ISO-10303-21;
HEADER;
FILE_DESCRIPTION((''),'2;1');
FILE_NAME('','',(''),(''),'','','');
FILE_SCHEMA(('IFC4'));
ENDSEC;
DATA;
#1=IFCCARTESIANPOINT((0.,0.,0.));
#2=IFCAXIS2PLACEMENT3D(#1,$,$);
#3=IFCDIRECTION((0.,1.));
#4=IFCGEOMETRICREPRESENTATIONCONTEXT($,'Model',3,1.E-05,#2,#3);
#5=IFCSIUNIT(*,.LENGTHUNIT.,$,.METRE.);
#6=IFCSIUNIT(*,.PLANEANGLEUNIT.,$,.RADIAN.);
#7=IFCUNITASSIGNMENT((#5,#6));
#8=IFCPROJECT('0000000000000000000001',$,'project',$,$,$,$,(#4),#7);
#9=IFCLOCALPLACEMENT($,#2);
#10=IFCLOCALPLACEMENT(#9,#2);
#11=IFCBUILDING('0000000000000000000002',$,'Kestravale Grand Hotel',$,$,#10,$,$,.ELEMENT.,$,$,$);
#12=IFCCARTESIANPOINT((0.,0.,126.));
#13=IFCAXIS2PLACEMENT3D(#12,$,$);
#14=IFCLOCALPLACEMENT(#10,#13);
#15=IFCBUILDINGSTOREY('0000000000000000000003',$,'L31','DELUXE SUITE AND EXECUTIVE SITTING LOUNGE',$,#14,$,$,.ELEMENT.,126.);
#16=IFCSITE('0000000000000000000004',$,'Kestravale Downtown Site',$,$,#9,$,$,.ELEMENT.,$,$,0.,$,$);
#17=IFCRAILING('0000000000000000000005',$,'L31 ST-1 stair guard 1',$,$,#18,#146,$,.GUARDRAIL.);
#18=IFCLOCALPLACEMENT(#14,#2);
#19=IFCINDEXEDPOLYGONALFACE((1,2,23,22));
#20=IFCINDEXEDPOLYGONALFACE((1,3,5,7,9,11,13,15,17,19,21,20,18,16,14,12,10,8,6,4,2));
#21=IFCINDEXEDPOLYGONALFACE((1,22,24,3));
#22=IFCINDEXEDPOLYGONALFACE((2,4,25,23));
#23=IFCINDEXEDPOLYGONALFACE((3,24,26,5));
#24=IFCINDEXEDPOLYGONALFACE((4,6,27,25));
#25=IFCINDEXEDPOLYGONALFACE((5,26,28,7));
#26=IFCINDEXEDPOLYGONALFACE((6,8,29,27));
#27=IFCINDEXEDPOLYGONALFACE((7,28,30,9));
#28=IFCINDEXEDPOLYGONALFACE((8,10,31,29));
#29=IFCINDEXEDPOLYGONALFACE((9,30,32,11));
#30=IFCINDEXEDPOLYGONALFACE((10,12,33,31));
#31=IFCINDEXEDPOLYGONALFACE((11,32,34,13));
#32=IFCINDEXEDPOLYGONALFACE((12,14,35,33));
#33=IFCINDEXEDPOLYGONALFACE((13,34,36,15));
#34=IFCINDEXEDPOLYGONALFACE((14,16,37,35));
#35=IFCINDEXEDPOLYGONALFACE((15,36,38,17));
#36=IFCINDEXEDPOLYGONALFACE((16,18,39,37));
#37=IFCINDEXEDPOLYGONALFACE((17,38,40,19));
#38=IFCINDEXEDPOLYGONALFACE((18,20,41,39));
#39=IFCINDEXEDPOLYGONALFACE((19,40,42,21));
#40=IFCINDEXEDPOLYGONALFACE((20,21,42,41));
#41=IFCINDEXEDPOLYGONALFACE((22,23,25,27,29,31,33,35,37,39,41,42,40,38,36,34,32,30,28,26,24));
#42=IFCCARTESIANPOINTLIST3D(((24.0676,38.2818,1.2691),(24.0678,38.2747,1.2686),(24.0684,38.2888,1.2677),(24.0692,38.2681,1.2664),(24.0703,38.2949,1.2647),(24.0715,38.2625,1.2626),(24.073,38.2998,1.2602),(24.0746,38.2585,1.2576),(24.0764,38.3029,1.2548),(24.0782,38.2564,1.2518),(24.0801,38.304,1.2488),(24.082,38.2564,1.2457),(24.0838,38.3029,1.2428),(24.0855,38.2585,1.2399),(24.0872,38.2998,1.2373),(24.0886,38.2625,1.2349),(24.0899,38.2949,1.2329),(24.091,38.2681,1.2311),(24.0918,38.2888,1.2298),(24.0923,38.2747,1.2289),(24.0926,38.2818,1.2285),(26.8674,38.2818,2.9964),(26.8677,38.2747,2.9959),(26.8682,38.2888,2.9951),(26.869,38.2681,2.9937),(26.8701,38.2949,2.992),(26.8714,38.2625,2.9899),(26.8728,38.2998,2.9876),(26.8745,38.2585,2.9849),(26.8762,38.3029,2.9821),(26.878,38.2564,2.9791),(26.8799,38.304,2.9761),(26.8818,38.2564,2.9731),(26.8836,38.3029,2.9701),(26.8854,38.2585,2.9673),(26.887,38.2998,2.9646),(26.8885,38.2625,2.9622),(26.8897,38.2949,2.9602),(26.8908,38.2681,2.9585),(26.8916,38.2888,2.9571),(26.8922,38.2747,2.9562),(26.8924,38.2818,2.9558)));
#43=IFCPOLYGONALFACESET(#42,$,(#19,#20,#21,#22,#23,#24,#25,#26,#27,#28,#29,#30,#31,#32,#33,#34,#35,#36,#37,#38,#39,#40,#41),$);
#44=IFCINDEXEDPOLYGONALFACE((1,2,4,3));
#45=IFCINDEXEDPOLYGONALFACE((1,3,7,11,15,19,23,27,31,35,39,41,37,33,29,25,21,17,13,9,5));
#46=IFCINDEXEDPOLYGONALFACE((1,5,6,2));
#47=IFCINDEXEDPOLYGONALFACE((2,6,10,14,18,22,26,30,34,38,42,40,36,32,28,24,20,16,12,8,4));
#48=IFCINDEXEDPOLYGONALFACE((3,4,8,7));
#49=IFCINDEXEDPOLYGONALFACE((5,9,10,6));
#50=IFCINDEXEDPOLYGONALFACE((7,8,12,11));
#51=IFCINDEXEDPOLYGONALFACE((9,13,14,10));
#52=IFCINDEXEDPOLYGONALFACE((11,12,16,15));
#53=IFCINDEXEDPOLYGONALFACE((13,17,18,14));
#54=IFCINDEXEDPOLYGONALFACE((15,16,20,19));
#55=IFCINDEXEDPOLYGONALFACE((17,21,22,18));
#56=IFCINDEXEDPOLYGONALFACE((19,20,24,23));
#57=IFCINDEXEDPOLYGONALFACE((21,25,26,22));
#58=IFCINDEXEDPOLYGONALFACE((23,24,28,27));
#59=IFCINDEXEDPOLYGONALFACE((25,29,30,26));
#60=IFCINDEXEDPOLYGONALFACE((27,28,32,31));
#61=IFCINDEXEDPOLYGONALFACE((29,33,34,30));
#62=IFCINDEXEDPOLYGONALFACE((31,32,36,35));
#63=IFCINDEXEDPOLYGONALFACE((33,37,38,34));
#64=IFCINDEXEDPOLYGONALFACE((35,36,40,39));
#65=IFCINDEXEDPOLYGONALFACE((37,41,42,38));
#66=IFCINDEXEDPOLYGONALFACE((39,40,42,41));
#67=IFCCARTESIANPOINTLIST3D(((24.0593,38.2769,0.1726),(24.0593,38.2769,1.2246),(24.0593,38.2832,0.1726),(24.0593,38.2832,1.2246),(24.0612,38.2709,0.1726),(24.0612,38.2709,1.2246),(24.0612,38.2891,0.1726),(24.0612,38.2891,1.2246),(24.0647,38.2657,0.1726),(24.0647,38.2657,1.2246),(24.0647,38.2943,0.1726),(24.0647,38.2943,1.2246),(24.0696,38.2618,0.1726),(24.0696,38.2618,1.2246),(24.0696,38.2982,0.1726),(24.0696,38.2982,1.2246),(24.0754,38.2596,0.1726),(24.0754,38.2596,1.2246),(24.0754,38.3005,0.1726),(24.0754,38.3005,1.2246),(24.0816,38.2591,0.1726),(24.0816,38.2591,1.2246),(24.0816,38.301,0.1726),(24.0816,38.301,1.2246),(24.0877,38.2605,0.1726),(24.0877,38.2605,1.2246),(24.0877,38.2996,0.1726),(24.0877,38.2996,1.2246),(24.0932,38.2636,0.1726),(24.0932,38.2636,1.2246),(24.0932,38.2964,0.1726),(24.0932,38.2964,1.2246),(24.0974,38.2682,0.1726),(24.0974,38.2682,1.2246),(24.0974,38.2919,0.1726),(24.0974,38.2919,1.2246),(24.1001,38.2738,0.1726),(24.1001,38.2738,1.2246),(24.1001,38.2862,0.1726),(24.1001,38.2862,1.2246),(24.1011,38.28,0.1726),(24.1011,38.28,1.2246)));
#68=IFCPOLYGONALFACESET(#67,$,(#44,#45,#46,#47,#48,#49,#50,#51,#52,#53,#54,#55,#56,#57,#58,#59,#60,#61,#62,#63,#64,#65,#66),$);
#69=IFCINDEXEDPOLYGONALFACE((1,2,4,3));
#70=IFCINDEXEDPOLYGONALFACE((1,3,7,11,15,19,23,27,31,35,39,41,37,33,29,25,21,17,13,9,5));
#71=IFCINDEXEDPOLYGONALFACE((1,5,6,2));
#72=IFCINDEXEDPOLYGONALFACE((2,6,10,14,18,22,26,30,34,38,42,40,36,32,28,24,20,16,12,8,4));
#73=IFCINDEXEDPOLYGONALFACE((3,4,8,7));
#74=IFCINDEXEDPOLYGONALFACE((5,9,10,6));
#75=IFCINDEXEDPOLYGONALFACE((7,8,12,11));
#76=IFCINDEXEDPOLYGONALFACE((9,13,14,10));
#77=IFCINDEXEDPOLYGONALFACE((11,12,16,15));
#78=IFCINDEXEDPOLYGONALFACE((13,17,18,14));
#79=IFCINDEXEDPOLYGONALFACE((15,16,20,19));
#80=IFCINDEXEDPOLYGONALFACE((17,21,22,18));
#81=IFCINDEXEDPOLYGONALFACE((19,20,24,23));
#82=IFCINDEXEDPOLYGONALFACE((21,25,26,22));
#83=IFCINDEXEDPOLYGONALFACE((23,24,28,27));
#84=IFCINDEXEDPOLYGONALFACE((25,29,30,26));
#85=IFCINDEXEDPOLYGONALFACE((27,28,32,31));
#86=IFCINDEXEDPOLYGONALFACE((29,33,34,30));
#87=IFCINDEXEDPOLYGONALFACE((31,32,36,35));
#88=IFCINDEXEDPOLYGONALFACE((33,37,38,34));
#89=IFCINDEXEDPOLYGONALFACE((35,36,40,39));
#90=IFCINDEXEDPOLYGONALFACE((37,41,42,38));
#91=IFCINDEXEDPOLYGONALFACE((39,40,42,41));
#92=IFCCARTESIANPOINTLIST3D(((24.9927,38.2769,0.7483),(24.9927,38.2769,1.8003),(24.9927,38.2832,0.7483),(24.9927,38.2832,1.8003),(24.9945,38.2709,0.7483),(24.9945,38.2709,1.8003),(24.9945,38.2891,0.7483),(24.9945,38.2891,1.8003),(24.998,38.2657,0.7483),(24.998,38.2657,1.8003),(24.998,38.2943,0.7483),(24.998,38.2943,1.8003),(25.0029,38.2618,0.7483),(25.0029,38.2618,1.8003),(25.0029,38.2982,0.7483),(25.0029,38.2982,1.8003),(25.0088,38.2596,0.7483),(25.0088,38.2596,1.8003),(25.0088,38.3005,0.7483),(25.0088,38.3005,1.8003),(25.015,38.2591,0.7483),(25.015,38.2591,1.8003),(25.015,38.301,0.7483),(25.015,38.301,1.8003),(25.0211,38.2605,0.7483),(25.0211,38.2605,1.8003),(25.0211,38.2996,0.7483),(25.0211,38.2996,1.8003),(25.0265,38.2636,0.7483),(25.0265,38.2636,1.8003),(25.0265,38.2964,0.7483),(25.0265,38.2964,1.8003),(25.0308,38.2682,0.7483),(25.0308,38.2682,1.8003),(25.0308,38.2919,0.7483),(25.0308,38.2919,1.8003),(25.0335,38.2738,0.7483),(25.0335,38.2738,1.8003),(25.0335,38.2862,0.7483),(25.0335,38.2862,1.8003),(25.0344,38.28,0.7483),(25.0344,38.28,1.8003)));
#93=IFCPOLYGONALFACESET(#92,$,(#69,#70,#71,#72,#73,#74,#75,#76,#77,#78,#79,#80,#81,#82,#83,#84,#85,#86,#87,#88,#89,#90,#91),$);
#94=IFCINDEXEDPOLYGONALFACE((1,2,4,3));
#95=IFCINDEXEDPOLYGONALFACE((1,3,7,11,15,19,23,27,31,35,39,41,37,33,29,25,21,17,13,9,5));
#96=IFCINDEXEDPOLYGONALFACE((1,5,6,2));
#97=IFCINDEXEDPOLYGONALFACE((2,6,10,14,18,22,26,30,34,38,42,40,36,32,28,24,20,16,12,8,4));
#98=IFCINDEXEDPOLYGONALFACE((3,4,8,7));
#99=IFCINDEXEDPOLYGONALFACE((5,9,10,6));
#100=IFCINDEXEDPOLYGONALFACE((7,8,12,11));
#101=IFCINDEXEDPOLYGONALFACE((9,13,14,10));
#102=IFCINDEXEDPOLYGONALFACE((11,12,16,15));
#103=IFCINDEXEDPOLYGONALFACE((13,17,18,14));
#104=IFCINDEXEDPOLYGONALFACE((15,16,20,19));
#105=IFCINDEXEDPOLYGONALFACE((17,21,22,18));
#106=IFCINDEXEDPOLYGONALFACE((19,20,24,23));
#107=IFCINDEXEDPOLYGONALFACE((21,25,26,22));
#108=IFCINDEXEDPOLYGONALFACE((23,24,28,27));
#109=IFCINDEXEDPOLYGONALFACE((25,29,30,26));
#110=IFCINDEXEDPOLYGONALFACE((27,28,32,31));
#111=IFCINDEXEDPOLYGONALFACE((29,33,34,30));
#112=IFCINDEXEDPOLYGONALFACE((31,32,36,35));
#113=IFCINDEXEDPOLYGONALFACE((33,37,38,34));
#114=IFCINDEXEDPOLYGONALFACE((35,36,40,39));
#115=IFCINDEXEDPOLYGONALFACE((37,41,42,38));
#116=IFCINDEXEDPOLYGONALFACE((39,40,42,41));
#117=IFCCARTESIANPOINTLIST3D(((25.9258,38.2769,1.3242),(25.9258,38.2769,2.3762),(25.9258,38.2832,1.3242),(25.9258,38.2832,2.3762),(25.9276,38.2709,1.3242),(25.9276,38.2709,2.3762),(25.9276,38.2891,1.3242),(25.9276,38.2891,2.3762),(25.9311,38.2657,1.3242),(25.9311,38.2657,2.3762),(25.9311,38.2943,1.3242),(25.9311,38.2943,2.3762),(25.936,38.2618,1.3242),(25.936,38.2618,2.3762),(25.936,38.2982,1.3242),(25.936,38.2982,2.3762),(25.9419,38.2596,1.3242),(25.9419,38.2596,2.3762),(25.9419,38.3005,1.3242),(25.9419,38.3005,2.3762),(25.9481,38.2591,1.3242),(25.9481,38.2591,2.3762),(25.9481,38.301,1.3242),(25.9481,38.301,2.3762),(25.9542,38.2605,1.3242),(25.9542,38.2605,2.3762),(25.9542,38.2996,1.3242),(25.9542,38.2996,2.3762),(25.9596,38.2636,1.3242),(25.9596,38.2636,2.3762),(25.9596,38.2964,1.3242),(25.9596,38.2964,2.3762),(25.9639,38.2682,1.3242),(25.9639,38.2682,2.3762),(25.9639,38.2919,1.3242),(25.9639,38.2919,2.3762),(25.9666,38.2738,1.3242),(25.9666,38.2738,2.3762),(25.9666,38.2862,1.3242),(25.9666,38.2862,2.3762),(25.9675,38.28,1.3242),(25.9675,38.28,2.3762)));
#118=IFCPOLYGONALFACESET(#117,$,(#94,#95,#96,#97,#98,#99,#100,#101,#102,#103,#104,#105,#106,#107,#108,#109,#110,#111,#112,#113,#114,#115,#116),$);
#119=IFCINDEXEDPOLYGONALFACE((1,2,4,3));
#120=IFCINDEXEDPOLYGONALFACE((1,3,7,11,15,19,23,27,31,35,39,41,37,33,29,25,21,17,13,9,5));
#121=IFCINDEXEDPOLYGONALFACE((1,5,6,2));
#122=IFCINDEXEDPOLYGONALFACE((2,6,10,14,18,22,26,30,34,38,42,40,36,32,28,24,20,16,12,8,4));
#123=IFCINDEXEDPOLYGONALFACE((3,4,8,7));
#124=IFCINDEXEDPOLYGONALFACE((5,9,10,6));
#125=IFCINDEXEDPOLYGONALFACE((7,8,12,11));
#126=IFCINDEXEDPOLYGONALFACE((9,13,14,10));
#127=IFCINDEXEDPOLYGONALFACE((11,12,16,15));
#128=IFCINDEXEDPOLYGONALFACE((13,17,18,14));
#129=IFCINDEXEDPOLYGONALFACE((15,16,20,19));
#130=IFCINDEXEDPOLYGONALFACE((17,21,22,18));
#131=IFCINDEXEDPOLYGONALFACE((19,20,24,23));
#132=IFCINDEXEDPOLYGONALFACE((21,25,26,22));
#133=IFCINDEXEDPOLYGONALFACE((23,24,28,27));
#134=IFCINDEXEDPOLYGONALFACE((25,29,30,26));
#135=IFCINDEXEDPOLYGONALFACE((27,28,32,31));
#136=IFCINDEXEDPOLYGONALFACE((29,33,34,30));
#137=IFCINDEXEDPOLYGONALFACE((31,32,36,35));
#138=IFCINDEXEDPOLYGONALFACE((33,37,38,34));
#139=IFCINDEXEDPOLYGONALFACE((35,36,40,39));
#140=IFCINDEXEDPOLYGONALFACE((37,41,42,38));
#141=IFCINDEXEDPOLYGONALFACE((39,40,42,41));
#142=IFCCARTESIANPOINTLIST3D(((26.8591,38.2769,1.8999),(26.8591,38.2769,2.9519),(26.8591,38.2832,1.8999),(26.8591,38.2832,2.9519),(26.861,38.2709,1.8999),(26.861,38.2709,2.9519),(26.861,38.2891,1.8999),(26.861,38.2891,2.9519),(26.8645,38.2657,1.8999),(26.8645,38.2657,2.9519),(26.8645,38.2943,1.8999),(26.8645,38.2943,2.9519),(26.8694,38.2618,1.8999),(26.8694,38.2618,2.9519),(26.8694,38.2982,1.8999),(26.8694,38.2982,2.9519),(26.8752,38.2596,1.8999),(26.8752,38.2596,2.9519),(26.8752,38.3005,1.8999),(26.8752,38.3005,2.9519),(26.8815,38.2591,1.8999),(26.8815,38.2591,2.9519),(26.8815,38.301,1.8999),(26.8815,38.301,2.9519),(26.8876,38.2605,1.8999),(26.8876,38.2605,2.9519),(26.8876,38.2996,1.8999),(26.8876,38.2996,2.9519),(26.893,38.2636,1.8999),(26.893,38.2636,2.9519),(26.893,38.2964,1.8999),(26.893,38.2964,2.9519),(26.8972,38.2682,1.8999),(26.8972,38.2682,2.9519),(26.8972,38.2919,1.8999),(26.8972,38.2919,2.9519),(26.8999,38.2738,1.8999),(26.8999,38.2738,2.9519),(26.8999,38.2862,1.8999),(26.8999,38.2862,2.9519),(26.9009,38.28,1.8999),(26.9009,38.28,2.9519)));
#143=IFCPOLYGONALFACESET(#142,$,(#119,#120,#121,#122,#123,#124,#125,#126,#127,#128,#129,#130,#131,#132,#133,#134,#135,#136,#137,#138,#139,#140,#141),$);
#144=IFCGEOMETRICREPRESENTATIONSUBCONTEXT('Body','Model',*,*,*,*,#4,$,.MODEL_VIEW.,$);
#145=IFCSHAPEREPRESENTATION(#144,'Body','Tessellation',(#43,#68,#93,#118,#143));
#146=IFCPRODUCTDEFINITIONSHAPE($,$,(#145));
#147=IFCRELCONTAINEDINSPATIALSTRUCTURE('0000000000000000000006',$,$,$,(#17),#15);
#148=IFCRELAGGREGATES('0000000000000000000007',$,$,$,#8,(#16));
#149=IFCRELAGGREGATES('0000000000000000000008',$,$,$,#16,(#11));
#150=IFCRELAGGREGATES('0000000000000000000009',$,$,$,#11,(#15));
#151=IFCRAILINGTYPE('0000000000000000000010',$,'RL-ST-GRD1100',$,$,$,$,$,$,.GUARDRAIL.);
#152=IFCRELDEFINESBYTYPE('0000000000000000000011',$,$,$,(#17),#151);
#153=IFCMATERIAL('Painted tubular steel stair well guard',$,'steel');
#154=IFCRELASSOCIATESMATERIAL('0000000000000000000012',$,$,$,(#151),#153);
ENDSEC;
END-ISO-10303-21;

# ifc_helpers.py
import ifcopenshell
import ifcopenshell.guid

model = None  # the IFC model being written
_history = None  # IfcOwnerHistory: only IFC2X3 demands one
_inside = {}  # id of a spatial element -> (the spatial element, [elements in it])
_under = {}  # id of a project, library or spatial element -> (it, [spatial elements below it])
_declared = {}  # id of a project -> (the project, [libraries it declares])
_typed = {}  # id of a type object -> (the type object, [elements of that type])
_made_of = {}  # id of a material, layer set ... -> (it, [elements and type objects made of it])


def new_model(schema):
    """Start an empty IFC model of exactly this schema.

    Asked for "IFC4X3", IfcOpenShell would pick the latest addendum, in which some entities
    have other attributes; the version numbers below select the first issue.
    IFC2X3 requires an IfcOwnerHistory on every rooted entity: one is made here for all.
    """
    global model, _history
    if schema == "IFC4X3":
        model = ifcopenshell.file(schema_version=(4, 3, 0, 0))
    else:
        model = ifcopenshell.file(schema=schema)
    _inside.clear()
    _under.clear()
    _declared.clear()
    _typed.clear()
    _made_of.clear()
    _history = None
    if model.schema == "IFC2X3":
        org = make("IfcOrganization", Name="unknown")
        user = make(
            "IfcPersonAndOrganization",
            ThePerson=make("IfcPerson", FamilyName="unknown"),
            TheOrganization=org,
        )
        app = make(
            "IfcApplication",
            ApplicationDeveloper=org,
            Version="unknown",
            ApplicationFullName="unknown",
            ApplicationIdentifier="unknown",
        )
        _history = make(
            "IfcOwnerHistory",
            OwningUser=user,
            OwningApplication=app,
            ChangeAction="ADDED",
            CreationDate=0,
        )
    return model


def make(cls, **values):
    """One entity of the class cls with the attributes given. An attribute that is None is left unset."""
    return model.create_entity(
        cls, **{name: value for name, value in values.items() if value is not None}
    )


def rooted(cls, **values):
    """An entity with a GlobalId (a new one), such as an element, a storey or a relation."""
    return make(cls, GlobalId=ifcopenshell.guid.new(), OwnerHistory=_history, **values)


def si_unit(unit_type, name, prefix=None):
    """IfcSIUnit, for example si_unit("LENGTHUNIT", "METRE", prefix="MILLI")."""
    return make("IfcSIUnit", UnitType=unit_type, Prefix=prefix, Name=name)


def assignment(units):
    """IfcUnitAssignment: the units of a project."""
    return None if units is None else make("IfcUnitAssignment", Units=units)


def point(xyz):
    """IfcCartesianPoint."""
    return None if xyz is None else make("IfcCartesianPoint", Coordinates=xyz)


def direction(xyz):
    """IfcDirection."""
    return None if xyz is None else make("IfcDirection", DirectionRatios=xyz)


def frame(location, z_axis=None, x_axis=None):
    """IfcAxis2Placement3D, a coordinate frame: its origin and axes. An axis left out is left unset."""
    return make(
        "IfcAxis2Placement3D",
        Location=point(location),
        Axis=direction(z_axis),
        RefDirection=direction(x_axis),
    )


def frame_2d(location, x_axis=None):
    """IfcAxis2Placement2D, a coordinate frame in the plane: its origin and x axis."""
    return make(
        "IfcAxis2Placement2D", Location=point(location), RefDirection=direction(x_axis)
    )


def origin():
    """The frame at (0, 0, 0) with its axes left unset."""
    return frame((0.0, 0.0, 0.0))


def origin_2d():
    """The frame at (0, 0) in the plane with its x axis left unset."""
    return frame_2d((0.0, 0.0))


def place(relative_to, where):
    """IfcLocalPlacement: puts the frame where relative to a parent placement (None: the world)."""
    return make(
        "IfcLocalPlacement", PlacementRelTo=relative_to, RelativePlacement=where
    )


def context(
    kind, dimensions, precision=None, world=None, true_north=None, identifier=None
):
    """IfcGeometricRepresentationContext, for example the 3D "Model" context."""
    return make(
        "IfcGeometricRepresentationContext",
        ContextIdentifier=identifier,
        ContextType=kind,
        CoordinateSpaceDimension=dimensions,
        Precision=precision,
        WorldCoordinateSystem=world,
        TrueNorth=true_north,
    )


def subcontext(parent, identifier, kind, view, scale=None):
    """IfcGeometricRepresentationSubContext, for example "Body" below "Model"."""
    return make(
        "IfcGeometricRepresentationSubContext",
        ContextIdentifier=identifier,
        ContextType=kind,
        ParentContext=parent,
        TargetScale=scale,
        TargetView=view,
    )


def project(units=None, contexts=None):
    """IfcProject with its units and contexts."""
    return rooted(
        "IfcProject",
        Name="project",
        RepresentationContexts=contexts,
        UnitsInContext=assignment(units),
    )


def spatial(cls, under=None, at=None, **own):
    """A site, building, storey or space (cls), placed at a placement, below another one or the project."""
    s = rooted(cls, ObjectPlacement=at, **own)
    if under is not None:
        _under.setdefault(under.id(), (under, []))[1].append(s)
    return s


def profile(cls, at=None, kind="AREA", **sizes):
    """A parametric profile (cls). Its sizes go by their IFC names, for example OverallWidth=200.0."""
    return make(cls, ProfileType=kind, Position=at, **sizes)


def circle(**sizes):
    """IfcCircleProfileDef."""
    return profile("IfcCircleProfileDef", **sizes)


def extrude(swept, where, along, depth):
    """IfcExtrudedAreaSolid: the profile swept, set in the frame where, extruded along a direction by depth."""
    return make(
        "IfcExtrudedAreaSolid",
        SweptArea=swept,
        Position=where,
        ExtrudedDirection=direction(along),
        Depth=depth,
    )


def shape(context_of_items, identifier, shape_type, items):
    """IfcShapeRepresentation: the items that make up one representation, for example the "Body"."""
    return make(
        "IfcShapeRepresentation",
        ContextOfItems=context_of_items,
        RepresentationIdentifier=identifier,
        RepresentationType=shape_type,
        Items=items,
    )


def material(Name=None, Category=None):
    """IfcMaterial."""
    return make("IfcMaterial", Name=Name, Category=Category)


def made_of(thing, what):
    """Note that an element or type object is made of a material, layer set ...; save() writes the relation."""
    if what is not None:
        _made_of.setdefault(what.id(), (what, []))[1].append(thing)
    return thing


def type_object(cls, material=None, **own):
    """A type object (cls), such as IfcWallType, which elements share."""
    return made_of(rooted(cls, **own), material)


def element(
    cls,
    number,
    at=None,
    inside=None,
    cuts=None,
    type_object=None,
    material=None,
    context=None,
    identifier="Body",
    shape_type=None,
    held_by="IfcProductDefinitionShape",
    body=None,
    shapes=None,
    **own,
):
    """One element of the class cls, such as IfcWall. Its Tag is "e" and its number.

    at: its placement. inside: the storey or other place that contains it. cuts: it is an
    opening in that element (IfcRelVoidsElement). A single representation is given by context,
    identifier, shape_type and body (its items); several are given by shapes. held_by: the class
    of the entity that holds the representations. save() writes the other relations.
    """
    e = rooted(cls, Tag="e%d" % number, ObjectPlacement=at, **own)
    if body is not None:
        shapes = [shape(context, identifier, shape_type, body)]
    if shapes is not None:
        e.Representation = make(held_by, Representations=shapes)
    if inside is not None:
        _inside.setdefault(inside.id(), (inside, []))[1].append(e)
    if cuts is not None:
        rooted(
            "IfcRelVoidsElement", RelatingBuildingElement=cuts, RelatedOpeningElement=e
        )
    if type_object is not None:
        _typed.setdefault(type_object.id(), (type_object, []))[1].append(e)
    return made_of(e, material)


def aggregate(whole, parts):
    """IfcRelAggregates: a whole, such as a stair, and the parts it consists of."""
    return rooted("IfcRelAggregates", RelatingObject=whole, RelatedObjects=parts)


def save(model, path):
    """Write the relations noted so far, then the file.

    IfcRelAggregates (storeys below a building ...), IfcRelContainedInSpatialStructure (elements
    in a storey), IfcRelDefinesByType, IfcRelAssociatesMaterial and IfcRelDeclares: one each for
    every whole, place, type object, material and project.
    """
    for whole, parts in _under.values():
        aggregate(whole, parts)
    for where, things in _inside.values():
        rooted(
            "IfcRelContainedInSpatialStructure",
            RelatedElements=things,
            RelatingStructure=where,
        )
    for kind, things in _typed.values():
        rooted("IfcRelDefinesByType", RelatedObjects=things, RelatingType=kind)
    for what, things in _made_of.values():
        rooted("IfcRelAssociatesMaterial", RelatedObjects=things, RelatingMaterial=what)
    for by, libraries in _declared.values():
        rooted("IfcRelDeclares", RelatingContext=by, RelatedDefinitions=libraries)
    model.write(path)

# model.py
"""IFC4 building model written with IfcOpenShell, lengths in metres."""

from ifc_helpers import new_model, si_unit, direction, frame, origin, origin_2d, place, context, subcontext, project, spatial, circle, extrude, material, type_object, element, save


model = new_model("IFC4")

# Units and contexts
model_context = context("Model", 3, precision=1e-05, world=origin(), true_north=direction((0.0, 1.0)))
body_context = subcontext(model_context, "Body", "Model", "MODEL_VIEW")
ifc_project = project(units=[si_unit("LENGTHUNIT", "METRE"), si_unit("PLANEANGLEUNIT", "RADIAN")], contexts=[model_context])

# Site, building, storey
site_placement = place(None, origin())
site = spatial("IfcSite", under=ifc_project, at=site_placement, Name="Kestravale Downtown Site", CompositionType="ELEMENT", RefElevation=0.0)
building_placement = place(site_placement, origin())
building = spatial("IfcBuilding", under=site, at=building_placement, Name="Kestravale Grand Hotel", CompositionType="ELEMENT")
storey_placement = place(building_placement, frame((0.0, 0.0, 126.0)))
storey = spatial("IfcBuildingStorey", under=building, at=storey_placement, Name="L31", Description="DELUXE SUITE AND EXECUTIVE SITTING LOUNGE", CompositionType="ELEMENT", Elevation=126.0)

# Railing
ifc_material_1 = material(Name="Painted tubular steel stair well guard", Category="steel")
railing_type_1 = type_object("IfcRailingType", Name="RL-ST-GRD1100", PredefinedType="GUARDRAIL", material=ifc_material_1)
railing_1_placement = place(storey_placement, frame((24.0801, 38.28, 0.1726)))
element("IfcRailing", 1, at=railing_1_placement, inside=storey, type_object=railing_type_1, Name="L31 ST-1 stair guard 1", PredefinedType="GUARDRAIL", context=body_context, shape_type="SweptSolid", body=[
    extrude(circle(Radius=0.0239, at=origin_2d()), frame((0.0, 0.0, 1.0762), z_axis=(0.851069, 0.0, 0.525054), x_axis=(0.0, 1.0, 0.0)), (0.0, 0.0, 1.0), 3.2898),
    extrude(circle(Radius=0.021, at=origin_2d()), origin(), (0.0, 0.0, 1.0), 1.052),
    extrude(circle(Radius=0.021, at=origin_2d()), frame((0.9333, 0.0, 0.5757)), (0.0, 0.0, 1.0), 1.052),
    extrude(circle(Radius=0.021, at=origin_2d()), frame((1.8665, 0.0, 1.1516)), (0.0, 0.0, 1.0), 1.052),
    extrude(circle(Radius=0.021, at=origin_2d()), frame((2.7998, 0.0, 1.7273)), (0.0, 0.0, 1.0), 1.052),
])

save(model, "model.ifc")
